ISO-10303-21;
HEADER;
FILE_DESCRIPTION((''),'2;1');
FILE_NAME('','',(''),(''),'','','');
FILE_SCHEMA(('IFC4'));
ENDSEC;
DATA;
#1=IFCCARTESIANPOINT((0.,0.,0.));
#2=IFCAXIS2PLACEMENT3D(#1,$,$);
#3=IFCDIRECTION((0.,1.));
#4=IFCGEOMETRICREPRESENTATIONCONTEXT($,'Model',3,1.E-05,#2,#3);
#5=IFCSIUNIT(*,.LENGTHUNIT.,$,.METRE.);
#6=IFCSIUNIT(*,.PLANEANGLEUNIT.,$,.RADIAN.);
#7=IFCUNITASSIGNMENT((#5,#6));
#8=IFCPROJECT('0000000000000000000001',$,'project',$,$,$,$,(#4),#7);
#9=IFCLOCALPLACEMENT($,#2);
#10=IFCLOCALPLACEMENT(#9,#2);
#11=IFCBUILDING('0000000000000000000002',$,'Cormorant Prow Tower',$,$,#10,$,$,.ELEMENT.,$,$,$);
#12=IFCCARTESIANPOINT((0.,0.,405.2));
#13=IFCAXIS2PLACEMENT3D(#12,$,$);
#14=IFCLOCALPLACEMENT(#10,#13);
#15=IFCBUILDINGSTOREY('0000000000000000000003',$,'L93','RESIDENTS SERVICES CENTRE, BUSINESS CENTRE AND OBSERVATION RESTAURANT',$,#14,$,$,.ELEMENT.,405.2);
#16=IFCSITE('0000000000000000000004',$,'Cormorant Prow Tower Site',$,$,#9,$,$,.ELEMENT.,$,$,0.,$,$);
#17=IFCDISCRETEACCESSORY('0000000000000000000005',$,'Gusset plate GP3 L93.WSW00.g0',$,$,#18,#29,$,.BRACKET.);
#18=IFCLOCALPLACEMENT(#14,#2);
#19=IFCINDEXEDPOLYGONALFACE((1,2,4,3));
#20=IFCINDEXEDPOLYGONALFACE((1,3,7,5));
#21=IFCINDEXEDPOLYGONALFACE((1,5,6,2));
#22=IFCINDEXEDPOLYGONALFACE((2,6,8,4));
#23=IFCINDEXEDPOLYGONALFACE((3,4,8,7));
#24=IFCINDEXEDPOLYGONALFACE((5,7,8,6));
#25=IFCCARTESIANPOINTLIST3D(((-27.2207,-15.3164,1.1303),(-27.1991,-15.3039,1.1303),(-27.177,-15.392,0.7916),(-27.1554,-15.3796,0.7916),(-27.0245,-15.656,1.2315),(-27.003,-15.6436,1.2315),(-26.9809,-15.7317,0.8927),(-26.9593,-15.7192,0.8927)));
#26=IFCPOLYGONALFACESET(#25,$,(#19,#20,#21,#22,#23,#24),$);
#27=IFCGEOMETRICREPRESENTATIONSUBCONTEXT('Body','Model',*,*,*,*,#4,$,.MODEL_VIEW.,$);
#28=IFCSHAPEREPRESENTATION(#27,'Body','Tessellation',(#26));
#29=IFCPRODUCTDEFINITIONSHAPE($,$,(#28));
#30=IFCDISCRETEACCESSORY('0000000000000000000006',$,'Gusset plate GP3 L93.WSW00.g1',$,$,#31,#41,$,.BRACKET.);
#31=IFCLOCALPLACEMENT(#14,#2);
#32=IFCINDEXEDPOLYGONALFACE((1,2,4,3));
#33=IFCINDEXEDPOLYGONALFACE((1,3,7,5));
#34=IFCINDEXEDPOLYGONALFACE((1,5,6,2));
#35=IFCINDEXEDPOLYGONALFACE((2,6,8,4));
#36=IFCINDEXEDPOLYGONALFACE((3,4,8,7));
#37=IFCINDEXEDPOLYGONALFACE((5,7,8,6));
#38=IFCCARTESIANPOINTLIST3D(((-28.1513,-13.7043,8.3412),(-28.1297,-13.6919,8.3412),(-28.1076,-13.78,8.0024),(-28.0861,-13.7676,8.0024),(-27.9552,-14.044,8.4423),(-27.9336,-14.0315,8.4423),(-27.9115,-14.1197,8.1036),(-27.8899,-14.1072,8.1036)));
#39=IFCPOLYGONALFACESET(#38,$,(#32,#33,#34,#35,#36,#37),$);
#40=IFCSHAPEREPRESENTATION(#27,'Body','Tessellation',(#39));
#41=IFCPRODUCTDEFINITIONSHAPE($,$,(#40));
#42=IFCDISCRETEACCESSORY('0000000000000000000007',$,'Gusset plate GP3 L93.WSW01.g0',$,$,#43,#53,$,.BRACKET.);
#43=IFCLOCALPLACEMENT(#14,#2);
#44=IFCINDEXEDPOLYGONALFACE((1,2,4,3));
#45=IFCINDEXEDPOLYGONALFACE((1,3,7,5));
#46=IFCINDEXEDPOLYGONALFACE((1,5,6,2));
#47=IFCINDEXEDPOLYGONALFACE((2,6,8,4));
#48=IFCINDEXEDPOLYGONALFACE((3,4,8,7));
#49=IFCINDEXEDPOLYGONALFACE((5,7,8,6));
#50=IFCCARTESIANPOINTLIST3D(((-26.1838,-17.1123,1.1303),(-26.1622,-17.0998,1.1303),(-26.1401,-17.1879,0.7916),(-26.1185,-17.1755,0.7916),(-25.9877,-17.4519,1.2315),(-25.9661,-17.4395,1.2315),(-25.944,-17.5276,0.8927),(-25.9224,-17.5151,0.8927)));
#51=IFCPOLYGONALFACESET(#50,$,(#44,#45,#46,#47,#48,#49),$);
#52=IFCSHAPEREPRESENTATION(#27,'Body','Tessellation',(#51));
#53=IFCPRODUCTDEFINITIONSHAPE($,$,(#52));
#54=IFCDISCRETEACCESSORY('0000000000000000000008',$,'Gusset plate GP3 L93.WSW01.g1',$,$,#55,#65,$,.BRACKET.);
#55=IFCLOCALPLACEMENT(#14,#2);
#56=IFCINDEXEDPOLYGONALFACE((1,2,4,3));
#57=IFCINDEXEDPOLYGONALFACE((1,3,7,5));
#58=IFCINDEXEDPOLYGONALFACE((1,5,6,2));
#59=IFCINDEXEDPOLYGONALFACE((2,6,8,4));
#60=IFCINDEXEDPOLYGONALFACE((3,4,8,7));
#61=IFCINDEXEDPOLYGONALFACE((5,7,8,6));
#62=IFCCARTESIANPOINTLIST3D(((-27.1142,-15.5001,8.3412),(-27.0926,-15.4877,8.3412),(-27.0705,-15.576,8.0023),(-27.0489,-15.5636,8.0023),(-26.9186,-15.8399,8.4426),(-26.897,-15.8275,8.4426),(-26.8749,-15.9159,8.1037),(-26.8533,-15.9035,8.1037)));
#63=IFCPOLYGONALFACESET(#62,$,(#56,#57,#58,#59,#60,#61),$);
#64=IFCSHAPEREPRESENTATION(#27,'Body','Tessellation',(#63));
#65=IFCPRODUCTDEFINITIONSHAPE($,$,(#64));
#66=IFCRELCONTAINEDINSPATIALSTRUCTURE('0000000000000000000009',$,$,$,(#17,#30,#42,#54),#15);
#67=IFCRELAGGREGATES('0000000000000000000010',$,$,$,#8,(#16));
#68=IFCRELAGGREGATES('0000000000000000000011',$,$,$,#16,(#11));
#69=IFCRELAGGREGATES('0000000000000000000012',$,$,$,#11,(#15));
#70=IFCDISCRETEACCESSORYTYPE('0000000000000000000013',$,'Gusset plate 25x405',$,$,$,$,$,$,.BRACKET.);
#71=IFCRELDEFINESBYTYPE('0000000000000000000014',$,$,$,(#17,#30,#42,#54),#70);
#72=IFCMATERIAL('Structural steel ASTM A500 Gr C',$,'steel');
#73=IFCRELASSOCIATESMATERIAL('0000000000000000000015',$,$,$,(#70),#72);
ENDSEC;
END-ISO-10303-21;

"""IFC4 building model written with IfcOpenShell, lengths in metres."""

from ifc_helpers import new_model, si_unit, direction, frame, origin, origin_2d, place, context, subcontext, project, spatial, rectangle, extrude, material, material_profile, profile_set, type_object, element, save


model = new_model("IFC4")

# Units and contexts
model_context = context("Model", 3, precision=1e-05, world=origin(), true_north=direction((0.0, 1.0)))
body_context = subcontext(model_context, "Body", "Model", "MODEL_VIEW")
ifc_project = project(units=[si_unit("LENGTHUNIT", "METRE"), si_unit("PLANEANGLEUNIT", "RADIAN")], contexts=[model_context])

# Site, building, storey
site_placement = place(None, origin())
site = spatial("IfcSite", under=ifc_project, at=site_placement, Name="Cormorant Prow Tower Site", CompositionType="ELEMENT", RefElevation=0.0)
building_placement = place(site_placement, origin())
building = spatial("IfcBuilding", under=site, at=building_placement, Name="Cormorant Prow Tower", CompositionType="ELEMENT")
storey_placement = place(building_placement, frame((0.0, 0.0, 405.2)))
storey = spatial("IfcBuildingStorey", under=building, at=storey_placement, Name="L93", Description="RESIDENTS SERVICES CENTRE, BUSINESS CENTRE AND OBSERVATION RESTAURANT", CompositionType="ELEMENT", Elevation=405.2)

# Discrete accessories
ifc_material_1 = material(Name="Structural steel ASTM A500 Gr C", Category="steel")
ifc_material_profile_1 = material_profile(ifc_material_1, rectangle(XDim=0.0249, YDim=0.405, at=origin_2d()), Name="Gusset plate 25x405")
ifc_profile_set_1 = profile_set([ifc_material_profile_1], Name="Structural steel ASTM A500 Gr C")
discrete_accessory_type = type_object("IfcDiscreteAccessoryType", Name="Gusset plate 25x405", PredefinedType="BRACKET", material=ifc_profile_set_1)
for number, where, z_axis, x_axis, name in (
    (1, (-27.1118, -15.48, 1.1809), (0.124876, -0.216266, -0.968315), (0.865999, 0.500045, 0.0), "Gusset plate GP3 L93.WSW00.g0"),
    (2, (-27.9988, -13.9436, 8.053), (-0.124876, 0.216266, 0.968315), (-0.865999, -0.500045, 0.0), "Gusset plate GP3 L93.WSW00.g1"),
    (3, (-26.075, -17.2759, 1.1809), (0.124876, -0.216266, -0.968315), (0.865999, 0.500045, 0.0), "Gusset plate GP3 L93.WSW01.g0"),
):
    element("IfcDiscreteAccessory", number, at=place(storey_placement, frame(where, z_axis=z_axis, x_axis=x_axis)), inside=storey, type_object=discrete_accessory_type, Name=name, PredefinedType="BRACKET", context=body_context, shape_type="SweptSolid", body=[
        extrude(rectangle(XDim=0.0249, YDim=0.405, at=origin_2d()), origin(), (0.0, 0.0, 1.0), 0.3499),
    ])
discrete_accessory_placement = place(storey_placement, frame((-26.9619, -15.7397, 8.053), z_axis=(-0.124858, 0.216931, 0.968169), x_axis=(-0.866695, -0.498838, 0.0)))
element("IfcDiscreteAccessory", 4, at=discrete_accessory_placement, inside=storey, type_object=discrete_accessory_type, Name="Gusset plate GP3 L93.WSW01.g1", PredefinedType="BRACKET", context=body_context, shape_type="SweptSolid", body=[
    extrude(rectangle(XDim=0.0249, YDim=0.405, at=origin_2d()), origin(), (0.0, 0.0, 1.0), 0.3501),
])

save(model, "model.ifc")
